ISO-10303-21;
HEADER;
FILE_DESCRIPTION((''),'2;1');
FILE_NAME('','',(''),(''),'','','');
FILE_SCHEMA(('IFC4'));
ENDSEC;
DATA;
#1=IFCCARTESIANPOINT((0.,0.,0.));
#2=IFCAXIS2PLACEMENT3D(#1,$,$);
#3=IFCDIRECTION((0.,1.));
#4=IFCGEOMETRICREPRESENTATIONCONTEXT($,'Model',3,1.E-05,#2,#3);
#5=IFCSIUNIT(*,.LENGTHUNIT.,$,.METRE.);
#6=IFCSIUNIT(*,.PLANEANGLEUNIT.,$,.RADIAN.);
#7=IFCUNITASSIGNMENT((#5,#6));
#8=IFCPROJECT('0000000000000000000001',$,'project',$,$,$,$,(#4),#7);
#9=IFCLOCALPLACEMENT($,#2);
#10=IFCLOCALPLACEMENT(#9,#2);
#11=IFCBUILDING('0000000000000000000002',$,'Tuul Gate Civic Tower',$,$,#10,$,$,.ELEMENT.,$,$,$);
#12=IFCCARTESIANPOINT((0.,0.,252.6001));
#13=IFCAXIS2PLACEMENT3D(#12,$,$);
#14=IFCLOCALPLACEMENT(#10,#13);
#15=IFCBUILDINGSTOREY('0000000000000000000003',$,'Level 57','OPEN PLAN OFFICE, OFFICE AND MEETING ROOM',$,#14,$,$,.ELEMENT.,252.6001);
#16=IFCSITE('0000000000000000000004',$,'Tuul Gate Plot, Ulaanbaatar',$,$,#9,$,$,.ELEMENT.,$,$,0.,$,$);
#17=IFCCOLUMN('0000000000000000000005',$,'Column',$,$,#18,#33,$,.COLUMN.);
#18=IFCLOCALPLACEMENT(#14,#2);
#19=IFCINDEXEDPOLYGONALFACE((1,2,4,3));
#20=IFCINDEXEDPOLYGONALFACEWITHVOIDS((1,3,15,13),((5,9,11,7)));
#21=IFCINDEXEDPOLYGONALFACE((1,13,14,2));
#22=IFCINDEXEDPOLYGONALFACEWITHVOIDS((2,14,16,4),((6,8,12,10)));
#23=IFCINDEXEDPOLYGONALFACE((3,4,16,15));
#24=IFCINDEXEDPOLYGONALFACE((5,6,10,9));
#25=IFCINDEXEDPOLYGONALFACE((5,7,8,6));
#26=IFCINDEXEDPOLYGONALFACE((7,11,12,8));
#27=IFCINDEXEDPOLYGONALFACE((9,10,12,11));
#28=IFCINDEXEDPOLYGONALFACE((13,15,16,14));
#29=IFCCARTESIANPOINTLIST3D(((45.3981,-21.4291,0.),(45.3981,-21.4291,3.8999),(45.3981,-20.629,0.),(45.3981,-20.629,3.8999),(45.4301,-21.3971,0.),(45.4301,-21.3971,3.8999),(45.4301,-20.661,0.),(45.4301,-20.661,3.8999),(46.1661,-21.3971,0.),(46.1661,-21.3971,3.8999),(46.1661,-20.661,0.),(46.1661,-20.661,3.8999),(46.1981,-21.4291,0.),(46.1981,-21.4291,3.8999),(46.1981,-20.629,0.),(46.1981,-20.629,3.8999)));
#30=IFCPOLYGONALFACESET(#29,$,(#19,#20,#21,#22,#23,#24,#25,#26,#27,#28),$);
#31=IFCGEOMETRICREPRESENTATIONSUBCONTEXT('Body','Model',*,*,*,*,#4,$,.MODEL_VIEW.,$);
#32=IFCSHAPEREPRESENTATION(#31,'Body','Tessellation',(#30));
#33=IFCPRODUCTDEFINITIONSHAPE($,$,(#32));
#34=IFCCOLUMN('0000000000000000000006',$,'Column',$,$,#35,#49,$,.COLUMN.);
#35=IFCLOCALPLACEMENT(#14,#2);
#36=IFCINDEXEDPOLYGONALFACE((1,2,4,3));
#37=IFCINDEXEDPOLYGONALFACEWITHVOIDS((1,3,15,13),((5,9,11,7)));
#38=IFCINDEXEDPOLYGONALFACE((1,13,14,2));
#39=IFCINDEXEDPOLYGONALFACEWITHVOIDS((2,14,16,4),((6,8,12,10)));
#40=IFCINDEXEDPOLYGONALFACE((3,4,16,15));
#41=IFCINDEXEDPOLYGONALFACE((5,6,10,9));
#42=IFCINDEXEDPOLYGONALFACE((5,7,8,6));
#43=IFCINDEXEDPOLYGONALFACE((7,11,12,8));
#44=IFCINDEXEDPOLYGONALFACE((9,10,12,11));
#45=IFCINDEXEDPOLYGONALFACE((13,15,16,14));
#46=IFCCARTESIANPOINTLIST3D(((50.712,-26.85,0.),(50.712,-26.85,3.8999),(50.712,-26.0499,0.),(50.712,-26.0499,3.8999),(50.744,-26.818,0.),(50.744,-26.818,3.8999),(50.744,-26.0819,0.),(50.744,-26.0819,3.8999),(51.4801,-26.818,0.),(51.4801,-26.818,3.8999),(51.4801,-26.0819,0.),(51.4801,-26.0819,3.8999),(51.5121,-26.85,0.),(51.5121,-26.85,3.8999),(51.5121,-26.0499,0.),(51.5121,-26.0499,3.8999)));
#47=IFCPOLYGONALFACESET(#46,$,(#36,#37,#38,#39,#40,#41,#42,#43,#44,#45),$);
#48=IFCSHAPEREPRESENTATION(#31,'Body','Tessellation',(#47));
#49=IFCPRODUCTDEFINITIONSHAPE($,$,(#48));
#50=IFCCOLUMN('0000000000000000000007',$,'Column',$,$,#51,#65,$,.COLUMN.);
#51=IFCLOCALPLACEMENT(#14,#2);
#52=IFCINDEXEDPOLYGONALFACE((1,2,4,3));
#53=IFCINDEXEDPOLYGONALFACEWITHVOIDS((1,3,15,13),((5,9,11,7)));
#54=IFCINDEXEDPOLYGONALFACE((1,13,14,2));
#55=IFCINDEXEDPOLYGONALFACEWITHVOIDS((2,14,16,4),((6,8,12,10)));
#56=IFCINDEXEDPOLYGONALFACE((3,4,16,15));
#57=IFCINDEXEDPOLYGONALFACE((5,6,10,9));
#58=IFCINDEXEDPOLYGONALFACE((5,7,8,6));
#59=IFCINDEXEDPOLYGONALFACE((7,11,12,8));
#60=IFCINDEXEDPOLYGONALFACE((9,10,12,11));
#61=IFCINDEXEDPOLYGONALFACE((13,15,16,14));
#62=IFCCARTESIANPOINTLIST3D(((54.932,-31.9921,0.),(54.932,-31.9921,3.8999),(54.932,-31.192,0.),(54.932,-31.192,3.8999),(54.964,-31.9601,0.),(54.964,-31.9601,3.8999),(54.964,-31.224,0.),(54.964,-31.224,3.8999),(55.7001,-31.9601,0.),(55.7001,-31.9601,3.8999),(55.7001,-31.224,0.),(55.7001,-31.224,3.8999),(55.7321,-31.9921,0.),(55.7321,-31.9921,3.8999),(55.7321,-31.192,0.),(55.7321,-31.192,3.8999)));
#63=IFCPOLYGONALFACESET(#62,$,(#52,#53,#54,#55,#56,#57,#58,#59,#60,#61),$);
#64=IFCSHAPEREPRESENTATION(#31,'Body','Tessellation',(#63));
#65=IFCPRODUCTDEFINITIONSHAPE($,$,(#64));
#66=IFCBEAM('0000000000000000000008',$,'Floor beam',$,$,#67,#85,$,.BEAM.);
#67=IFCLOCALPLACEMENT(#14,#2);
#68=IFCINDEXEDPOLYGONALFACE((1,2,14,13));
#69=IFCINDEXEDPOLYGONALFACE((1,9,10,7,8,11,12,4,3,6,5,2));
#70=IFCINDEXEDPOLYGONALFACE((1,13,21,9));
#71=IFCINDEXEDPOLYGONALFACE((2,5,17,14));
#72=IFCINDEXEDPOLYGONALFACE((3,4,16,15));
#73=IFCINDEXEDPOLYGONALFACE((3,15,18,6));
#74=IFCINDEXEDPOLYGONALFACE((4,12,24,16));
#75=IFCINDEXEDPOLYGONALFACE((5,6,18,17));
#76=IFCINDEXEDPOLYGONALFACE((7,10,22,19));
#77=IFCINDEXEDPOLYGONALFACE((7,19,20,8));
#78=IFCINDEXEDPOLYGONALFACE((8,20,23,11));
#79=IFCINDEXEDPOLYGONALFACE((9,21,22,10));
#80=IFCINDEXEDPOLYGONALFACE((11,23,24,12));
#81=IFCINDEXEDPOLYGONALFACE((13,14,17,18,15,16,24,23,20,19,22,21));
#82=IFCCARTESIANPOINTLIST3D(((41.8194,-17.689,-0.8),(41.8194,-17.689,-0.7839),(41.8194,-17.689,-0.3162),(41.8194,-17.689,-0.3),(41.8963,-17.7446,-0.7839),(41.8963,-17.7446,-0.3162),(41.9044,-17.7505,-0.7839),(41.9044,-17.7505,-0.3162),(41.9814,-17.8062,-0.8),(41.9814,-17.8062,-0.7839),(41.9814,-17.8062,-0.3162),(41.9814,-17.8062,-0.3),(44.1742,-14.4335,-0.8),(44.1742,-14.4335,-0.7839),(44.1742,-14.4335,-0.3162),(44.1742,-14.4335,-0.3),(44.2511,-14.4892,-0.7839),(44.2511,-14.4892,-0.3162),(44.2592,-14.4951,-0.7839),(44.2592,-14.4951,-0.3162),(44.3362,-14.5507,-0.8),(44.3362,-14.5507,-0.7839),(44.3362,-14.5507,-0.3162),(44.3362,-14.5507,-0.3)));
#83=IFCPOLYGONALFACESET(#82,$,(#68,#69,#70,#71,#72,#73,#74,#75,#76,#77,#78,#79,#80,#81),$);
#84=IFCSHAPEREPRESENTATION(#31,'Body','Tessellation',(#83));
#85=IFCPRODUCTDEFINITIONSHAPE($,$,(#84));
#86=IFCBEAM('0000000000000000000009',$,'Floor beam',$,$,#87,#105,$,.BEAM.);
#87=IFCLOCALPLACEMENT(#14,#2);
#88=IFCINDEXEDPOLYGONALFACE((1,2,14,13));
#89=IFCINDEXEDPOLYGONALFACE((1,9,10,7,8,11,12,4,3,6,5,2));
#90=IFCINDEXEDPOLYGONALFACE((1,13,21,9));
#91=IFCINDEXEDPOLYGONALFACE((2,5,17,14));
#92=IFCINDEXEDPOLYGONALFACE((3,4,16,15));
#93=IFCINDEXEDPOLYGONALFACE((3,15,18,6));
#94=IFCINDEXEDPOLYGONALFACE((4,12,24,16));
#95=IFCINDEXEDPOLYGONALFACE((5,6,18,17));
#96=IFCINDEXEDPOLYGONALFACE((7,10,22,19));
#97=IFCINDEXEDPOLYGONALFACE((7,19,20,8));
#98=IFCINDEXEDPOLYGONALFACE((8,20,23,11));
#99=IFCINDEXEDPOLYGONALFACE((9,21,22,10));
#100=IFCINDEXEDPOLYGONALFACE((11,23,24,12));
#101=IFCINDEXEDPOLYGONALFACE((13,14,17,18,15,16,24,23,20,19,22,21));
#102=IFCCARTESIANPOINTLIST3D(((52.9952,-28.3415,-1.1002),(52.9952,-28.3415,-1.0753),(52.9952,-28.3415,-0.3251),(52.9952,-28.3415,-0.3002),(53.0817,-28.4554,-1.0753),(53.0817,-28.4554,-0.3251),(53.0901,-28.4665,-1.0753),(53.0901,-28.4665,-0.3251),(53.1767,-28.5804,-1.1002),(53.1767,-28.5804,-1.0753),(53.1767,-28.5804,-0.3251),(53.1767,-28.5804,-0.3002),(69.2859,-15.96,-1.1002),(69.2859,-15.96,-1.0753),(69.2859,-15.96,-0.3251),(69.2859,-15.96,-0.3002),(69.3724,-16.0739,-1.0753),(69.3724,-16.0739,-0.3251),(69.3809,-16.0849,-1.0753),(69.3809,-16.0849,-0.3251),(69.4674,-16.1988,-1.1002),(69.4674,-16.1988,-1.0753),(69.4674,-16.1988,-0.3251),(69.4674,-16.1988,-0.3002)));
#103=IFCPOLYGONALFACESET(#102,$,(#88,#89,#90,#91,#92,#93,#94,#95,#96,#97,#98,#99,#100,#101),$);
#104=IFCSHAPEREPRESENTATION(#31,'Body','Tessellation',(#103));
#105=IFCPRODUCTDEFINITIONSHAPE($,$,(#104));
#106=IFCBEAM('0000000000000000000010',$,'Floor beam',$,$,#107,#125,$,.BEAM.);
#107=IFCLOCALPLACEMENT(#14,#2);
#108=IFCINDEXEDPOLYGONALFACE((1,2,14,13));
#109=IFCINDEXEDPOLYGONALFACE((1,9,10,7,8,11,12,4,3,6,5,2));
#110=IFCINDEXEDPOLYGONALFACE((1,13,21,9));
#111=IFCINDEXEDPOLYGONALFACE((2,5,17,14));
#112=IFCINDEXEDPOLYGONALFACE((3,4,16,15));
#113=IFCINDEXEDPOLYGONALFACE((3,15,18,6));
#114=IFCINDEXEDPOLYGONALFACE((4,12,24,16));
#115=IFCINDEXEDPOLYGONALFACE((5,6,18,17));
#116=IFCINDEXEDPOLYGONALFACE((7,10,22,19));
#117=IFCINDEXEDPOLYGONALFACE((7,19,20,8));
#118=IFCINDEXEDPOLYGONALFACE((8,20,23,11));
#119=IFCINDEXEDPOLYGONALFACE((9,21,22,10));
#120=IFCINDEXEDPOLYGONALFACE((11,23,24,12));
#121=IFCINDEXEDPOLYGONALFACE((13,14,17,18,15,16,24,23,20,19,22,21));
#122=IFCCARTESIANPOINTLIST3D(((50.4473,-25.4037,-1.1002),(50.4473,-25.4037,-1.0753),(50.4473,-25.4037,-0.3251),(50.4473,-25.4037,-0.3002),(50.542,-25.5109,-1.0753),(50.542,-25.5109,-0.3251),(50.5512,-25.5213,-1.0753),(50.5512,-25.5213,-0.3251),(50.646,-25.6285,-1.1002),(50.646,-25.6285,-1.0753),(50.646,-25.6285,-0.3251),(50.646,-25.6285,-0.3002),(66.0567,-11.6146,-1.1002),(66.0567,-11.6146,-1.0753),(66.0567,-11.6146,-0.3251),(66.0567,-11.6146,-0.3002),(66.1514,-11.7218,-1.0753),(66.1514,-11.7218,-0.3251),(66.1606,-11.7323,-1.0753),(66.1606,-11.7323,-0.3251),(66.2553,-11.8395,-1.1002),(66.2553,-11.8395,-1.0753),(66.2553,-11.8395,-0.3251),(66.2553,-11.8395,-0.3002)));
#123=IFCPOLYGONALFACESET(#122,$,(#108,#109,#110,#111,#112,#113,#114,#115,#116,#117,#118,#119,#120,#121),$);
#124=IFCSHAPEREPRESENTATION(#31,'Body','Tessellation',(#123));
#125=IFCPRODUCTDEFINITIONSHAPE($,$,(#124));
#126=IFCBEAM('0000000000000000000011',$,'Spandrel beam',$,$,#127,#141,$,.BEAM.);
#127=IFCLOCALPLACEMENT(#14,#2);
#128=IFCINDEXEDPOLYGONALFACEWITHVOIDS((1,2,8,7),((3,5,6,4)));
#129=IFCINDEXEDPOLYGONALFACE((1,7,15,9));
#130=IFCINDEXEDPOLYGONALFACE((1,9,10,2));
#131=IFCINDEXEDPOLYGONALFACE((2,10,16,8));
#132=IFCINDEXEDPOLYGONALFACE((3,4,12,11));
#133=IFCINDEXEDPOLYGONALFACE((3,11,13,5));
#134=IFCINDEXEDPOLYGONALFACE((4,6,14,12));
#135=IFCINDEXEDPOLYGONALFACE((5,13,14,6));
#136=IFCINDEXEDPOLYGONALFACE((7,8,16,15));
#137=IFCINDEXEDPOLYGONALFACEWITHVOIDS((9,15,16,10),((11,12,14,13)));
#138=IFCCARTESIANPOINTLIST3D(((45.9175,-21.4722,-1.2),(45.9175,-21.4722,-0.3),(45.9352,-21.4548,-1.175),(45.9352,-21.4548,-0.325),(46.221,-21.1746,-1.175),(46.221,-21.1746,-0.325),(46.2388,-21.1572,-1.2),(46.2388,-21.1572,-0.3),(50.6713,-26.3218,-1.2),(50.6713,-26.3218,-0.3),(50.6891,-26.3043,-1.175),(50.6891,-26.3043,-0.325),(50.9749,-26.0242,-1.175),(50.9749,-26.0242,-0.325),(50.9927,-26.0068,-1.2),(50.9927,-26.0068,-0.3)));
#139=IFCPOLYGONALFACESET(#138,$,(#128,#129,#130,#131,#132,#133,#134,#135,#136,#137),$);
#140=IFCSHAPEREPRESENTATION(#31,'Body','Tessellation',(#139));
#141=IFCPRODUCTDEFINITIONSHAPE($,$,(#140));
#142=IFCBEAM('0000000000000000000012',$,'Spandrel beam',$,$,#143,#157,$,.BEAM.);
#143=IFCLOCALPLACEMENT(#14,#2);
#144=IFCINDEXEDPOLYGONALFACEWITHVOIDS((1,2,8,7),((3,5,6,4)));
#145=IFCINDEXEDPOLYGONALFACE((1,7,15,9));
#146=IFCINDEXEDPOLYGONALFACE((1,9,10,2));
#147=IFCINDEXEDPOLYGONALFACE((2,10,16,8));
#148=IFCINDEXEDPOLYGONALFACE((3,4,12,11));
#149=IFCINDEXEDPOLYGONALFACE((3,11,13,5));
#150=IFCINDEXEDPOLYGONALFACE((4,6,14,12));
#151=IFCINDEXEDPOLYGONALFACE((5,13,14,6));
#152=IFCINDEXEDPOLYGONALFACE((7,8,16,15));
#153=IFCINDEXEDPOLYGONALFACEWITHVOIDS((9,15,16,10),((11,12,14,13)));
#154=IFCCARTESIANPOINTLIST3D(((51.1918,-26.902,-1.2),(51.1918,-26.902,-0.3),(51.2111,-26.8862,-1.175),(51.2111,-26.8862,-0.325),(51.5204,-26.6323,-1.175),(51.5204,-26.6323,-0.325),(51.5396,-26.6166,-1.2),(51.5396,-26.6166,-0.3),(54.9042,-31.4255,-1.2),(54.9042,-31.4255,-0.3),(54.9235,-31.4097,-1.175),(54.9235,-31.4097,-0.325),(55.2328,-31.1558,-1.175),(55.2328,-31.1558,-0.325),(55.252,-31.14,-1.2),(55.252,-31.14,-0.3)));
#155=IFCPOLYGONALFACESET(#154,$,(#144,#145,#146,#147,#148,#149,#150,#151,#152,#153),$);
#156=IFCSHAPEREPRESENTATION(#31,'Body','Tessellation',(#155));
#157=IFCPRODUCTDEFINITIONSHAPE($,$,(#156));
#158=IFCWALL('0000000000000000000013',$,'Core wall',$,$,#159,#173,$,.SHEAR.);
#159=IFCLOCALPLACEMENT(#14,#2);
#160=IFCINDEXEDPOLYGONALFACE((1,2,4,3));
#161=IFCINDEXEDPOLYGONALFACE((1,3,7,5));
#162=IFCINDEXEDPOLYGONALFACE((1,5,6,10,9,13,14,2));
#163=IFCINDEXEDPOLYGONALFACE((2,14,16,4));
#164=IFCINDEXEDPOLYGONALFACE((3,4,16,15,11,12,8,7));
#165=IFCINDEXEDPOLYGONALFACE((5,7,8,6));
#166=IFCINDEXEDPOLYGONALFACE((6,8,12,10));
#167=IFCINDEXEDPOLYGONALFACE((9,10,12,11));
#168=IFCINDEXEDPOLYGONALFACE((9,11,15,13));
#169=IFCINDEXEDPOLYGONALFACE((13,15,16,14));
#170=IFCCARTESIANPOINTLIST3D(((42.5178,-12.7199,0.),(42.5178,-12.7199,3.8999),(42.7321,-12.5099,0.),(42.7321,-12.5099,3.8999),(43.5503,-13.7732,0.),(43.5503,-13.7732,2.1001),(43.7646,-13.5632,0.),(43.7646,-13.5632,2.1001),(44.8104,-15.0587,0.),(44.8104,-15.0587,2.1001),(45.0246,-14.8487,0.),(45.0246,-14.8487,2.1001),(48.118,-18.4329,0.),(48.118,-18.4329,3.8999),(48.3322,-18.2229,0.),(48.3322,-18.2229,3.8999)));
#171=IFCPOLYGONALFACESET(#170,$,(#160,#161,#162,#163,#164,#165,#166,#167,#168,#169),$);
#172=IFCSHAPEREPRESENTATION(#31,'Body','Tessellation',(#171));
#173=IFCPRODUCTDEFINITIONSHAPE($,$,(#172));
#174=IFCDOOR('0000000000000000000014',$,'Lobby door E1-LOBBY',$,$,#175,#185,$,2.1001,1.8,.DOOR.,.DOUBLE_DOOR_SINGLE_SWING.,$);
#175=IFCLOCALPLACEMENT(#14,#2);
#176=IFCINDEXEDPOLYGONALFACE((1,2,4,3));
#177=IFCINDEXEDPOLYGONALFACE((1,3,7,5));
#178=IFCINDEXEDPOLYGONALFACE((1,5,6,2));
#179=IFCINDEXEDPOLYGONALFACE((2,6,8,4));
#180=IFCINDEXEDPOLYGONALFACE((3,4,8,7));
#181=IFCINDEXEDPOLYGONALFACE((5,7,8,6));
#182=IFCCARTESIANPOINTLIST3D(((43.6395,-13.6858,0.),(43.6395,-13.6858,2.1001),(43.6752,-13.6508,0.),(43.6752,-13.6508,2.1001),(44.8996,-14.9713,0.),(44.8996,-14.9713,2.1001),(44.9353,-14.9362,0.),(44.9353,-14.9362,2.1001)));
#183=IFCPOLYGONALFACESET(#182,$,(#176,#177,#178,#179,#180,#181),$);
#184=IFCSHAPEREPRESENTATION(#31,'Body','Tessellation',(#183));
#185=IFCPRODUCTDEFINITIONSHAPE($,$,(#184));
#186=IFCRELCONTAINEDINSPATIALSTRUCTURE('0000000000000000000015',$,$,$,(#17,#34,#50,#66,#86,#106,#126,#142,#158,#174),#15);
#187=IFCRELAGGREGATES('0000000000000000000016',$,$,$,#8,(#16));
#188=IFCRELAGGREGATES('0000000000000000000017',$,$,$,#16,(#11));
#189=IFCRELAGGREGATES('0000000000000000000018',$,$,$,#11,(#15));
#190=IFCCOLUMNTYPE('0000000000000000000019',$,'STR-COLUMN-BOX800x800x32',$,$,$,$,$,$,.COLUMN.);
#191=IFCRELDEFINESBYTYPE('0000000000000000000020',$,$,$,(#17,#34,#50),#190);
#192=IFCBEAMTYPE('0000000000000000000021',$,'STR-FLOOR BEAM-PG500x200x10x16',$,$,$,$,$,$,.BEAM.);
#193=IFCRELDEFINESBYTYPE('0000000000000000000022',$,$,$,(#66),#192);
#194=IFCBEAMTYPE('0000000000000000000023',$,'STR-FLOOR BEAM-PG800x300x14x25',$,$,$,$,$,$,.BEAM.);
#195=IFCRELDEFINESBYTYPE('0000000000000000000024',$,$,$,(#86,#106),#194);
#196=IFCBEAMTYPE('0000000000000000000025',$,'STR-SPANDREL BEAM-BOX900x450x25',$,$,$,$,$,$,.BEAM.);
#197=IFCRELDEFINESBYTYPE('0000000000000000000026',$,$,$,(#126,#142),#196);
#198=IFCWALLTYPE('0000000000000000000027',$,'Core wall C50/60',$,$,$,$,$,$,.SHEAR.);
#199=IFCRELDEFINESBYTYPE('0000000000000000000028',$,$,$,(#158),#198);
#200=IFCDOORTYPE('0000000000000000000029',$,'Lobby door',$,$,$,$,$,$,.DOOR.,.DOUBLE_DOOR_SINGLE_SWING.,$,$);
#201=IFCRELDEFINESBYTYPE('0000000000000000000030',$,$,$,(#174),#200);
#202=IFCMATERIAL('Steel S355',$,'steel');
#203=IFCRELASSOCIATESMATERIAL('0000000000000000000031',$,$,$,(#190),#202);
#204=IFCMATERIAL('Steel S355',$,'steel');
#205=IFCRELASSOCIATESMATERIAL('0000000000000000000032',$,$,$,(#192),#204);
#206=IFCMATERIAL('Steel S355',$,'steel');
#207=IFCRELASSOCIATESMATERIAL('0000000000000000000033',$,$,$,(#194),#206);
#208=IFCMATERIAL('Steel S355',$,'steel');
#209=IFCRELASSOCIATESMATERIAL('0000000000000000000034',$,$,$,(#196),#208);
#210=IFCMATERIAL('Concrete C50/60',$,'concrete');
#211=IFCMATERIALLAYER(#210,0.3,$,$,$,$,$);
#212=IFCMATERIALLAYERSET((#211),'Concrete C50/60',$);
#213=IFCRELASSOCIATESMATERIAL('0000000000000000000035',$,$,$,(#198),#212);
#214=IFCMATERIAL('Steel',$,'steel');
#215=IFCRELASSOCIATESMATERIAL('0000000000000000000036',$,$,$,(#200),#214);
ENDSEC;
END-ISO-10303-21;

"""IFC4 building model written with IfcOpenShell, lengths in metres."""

from ifc_helpers import new_model, si_unit, direction, frame, frame_2d, origin, origin_2d, place, context, subcontext, project, spatial, rectangle, hollow_rectangle, i_section, extrude, material, layer, layer_set, material_profile, profile_set, type_object, element, fill, save


model = new_model("IFC4")

# Units and contexts
model_context = context("Model", 3, precision=1e-05, world=origin(), true_north=direction((0.0, 1.0)))
body_context = subcontext(model_context, "Body", "Model", "MODEL_VIEW")
ifc_project = project(units=[si_unit("LENGTHUNIT", "METRE"), si_unit("PLANEANGLEUNIT", "RADIAN")], contexts=[model_context])

# Site, building, storey
site_placement = place(None, origin())
site = spatial("IfcSite", under=ifc_project, at=site_placement, Name="Tuul Gate Plot, Ulaanbaatar", CompositionType="ELEMENT", RefElevation=0.0)
building_placement = place(site_placement, origin())
building = spatial("IfcBuilding", under=site, at=building_placement, Name="Tuul Gate Civic Tower", CompositionType="ELEMENT")
storey_placement = place(building_placement, frame((0.0, 0.0, 252.6001)))
storey = spatial("IfcBuildingStorey", under=building, at=storey_placement, Name="Level 57", Description="OPEN PLAN OFFICE, OFFICE AND MEETING ROOM", CompositionType="ELEMENT", Elevation=252.6001)

# Columns
ifc_material_1 = material(Name="Steel S355", Category="steel")
ifc_material_profile_1 = material_profile(ifc_material_1, hollow_rectangle(XDim=0.8, YDim=0.8, WallThickness=0.032, at=origin_2d()), Name="BOX800x800x32")
ifc_profile_set_1 = profile_set([ifc_material_profile_1], Name="Steel S355")
column_type = type_object("IfcColumnType", Name="STR-COLUMN-BOX800x800x32", PredefinedType="COLUMN", material=ifc_profile_set_1)
for number, where, z_axis, x_axis, name in (
    (1, (45.7981, -21.0291, 0.0), (0.0, 0.0, 1.0), (1.0, 0.0, 0.0), "Column"),
    (2, (51.1121, -26.45, 0.0), (0.0, 0.0, 1.0), (1.0, 0.0, 0.0), "Column"),
    (3, (55.332, -31.592, 0.0), (0.0, 0.0, 1.0), (1.0, 0.0, 0.0), "Column"),
):
    element("IfcColumn", number, at=place(storey_placement, frame(where, z_axis=z_axis, x_axis=x_axis)), inside=storey, type_object=column_type, Name=name, PredefinedType="COLUMN", context=body_context, shape_type="SweptSolid", body=[
        extrude(hollow_rectangle(XDim=0.8, YDim=0.8, WallThickness=0.032, at=origin_2d()), origin(), (0.0, 0.0, 1.0), 3.8999),
    ])

# Beams
ifc_material_2 = material(Name="Steel S355", Category="steel")
ifc_material_profile_2 = material_profile(ifc_material_2, i_section(OverallWidth=0.2, OverallDepth=0.5, WebThickness=0.01, FlangeThickness=0.0161, at=origin_2d()), Name="PG500x200x10x16")
ifc_profile_set_2 = profile_set([ifc_material_profile_2], Name="Steel S355")
beam_type_1 = type_object("IfcBeamType", Name="STR-FLOOR BEAM-PG500x200x10x16", PredefinedType="BEAM", material=ifc_profile_set_2)
beam_1_placement = place(storey_placement, frame((41.9004, -17.7476, -0.55), z_axis=(0.586085, 0.81025, 0.0), x_axis=(-0.81025, 0.586085, 0.0)))
element("IfcBeam", 4, at=beam_1_placement, inside=storey, type_object=beam_type_1, Name="Floor beam", PredefinedType="BEAM", context=body_context, shape_type="SweptSolid", body=[
    extrude(i_section(OverallWidth=0.2, OverallDepth=0.5, WebThickness=0.01, FlangeThickness=0.0161, at=origin_2d()), origin(), (0.0, 0.0, 1.0), 4.0178),
])
ifc_material_3 = material(Name="Steel S355", Category="steel")
ifc_material_profile_3 = material_profile(ifc_material_3, i_section(OverallWidth=0.3, OverallDepth=0.8, WebThickness=0.0139, FlangeThickness=0.0249, at=origin_2d()), Name="PG800x300x14x25")
ifc_profile_set_3 = profile_set([ifc_material_profile_3], Name="Steel S355")
beam_type_2 = type_object("IfcBeamType", Name="STR-FLOOR BEAM-PG800x300x14x25", PredefinedType="BEAM", material=ifc_profile_set_3)
beam_2_placement = place(storey_placement, frame((53.0859, -28.4609, -0.7002), z_axis=(0.796148, 0.605102, 0.0), x_axis=(-0.605102, 0.796148, 0.0)))
element("IfcBeam", 5, at=beam_2_placement, inside=storey, type_object=beam_type_2, Name="Floor beam", PredefinedType="BEAM", context=body_context, shape_type="SweptSolid", body=[
    extrude(i_section(OverallWidth=0.3, OverallDepth=0.8, WebThickness=0.0139, FlangeThickness=0.0249, at=origin_2d()), origin(), (0.0, 0.0, 1.0), 20.4619),
])
beam_3_placement = place(storey_placement, frame((50.5466, -25.5161, -0.7002), z_axis=(0.749455, 0.662056, 0.0), x_axis=(-0.662056, 0.749455, 0.0)))
element("IfcBeam", 6, at=beam_3_placement, inside=storey, type_object=beam_type_2, Name="Floor beam", PredefinedType="BEAM", context=body_context, shape_type="SweptSolid", body=[
    extrude(i_section(OverallWidth=0.3, OverallDepth=0.8, WebThickness=0.0139, FlangeThickness=0.0249, at=origin_2d()), origin(), (0.0, 0.0, 1.0), 20.8276),
])
ifc_material_4 = material(Name="Steel S355", Category="steel")
ifc_material_profile_4 = material_profile(ifc_material_4, hollow_rectangle(XDim=0.45, YDim=0.8999, WallThickness=0.0249, at=origin_2d()), Name="BOX900x450x25")
ifc_profile_set_4 = profile_set([ifc_material_profile_4], Name="Steel S355")
beam_type_3 = type_object("IfcBeamType", Name="STR-SPANDREL BEAM-BOX900x450x25", PredefinedType="BEAM", material=ifc_profile_set_4)
beam_4_placement = place(storey_placement, frame((46.0781, -21.3147, -0.75), z_axis=(0.700025, -0.714118, 0.0), x_axis=(0.714118, 0.700025, 0.0)))
element("IfcBeam", 7, at=beam_4_placement, inside=storey, type_object=beam_type_3, Name="Spandrel beam", PredefinedType="BEAM", context=body_context, shape_type="SweptSolid", body=[
    extrude(hollow_rectangle(XDim=0.45, YDim=0.8999, WallThickness=0.0249, at=origin_2d()), origin(), (0.0, 0.0, 1.0), 6.791),
])
beam_5_placement = place(storey_placement, frame((51.3657, -26.7593, -0.75), z_axis=(0.634405, -0.773001, 0.0), x_axis=(0.773001, 0.634405, 0.0)))
element("IfcBeam", 8, at=beam_5_placement, inside=storey, type_object=beam_type_3, Name="Spandrel beam", PredefinedType="BEAM", context=body_context, shape_type="SweptSolid", body=[
    extrude(hollow_rectangle(XDim=0.45, YDim=0.8999, WallThickness=0.0249, at=origin_2d()), origin(), (0.0, 0.0, 1.0), 5.8518),
])

# Wall, opening, door
ifc_material_5 = material(Name="Concrete C50/60", Category="concrete")
ifc_layer_1 = layer(ifc_material_5, 0.3)
ifc_layer_set_1 = layer_set([ifc_layer_1], Name="Concrete C50/60")
wall_type_1 = type_object("IfcWallType", Name="Core wall C50/60", PredefinedType="SHEAR", material=ifc_layer_set_1)
wall_1_placement = place(storey_placement, frame((48.2251, -18.3279, 0.0), z_axis=(0.0, 0.0, 1.0), x_axis=(-0.700022, 0.714121, 0.0)))
wall_1 = element("IfcWall", 9, at=wall_1_placement, inside=storey, type_object=wall_type_1, Name="Core wall", PredefinedType="SHEAR", context=body_context, shape_type="SweptSolid", body=[
    extrude(rectangle(XDim=8.0, YDim=0.3, at=frame_2d((4.0, 0.0))), origin(), (0.0, 0.0, 1.0), 3.8999),
])
opening_1_placement = place(wall_1_placement, frame((4.7251, 0.0, 0.0)))
opening_1 = element("IfcOpeningElement", 10, at=opening_1_placement, cuts=wall_1, PredefinedType="OPENING", context=body_context, shape_type="SweptSolid", body=[
    extrude(rectangle(XDim=1.8, YDim=2.1001, at=frame_2d((0.8999, 1.05))), frame((0.0, 0.1602, 0.0), z_axis=(0.0, -1.0, 0.0), x_axis=(1.0, 0.0, 0.0)), (0.0, 0.0, 1.0), 0.3201),
])
ifc_material_6 = material(Name="Steel", Category="steel")
door_type = type_object("IfcDoorType", Name="Lobby door", OperationType="DOUBLE_DOOR_SINGLE_SWING", PredefinedType="DOOR", material=ifc_material_6)
door_placement = place(opening_1_placement, frame((1.8, 0.0, 0.0), z_axis=(0.0, 0.0, 1.0), x_axis=(-1.0, 0.0, 0.0)))
door = element("IfcDoor", 11, at=door_placement, inside=storey, type_object=door_type, Name="Lobby door E1-LOBBY", OperationType="DOUBLE_DOOR_SINGLE_SWING", OverallHeight=2.1001, OverallWidth=1.8, PredefinedType="DOOR", context=body_context, shape_type="SweptSolid", body=[
    extrude(rectangle(XDim=1.8, YDim=2.1001, at=frame_2d((0.9001, 1.05))), frame((0.0, 0.0249, 0.0), z_axis=(0.0, -1.0, 0.0), x_axis=(1.0, 0.0, 0.0)), (0.0, 0.0, 1.0), 0.05),
])
fill(opening_1, door)

save(model, "model.ifc")
